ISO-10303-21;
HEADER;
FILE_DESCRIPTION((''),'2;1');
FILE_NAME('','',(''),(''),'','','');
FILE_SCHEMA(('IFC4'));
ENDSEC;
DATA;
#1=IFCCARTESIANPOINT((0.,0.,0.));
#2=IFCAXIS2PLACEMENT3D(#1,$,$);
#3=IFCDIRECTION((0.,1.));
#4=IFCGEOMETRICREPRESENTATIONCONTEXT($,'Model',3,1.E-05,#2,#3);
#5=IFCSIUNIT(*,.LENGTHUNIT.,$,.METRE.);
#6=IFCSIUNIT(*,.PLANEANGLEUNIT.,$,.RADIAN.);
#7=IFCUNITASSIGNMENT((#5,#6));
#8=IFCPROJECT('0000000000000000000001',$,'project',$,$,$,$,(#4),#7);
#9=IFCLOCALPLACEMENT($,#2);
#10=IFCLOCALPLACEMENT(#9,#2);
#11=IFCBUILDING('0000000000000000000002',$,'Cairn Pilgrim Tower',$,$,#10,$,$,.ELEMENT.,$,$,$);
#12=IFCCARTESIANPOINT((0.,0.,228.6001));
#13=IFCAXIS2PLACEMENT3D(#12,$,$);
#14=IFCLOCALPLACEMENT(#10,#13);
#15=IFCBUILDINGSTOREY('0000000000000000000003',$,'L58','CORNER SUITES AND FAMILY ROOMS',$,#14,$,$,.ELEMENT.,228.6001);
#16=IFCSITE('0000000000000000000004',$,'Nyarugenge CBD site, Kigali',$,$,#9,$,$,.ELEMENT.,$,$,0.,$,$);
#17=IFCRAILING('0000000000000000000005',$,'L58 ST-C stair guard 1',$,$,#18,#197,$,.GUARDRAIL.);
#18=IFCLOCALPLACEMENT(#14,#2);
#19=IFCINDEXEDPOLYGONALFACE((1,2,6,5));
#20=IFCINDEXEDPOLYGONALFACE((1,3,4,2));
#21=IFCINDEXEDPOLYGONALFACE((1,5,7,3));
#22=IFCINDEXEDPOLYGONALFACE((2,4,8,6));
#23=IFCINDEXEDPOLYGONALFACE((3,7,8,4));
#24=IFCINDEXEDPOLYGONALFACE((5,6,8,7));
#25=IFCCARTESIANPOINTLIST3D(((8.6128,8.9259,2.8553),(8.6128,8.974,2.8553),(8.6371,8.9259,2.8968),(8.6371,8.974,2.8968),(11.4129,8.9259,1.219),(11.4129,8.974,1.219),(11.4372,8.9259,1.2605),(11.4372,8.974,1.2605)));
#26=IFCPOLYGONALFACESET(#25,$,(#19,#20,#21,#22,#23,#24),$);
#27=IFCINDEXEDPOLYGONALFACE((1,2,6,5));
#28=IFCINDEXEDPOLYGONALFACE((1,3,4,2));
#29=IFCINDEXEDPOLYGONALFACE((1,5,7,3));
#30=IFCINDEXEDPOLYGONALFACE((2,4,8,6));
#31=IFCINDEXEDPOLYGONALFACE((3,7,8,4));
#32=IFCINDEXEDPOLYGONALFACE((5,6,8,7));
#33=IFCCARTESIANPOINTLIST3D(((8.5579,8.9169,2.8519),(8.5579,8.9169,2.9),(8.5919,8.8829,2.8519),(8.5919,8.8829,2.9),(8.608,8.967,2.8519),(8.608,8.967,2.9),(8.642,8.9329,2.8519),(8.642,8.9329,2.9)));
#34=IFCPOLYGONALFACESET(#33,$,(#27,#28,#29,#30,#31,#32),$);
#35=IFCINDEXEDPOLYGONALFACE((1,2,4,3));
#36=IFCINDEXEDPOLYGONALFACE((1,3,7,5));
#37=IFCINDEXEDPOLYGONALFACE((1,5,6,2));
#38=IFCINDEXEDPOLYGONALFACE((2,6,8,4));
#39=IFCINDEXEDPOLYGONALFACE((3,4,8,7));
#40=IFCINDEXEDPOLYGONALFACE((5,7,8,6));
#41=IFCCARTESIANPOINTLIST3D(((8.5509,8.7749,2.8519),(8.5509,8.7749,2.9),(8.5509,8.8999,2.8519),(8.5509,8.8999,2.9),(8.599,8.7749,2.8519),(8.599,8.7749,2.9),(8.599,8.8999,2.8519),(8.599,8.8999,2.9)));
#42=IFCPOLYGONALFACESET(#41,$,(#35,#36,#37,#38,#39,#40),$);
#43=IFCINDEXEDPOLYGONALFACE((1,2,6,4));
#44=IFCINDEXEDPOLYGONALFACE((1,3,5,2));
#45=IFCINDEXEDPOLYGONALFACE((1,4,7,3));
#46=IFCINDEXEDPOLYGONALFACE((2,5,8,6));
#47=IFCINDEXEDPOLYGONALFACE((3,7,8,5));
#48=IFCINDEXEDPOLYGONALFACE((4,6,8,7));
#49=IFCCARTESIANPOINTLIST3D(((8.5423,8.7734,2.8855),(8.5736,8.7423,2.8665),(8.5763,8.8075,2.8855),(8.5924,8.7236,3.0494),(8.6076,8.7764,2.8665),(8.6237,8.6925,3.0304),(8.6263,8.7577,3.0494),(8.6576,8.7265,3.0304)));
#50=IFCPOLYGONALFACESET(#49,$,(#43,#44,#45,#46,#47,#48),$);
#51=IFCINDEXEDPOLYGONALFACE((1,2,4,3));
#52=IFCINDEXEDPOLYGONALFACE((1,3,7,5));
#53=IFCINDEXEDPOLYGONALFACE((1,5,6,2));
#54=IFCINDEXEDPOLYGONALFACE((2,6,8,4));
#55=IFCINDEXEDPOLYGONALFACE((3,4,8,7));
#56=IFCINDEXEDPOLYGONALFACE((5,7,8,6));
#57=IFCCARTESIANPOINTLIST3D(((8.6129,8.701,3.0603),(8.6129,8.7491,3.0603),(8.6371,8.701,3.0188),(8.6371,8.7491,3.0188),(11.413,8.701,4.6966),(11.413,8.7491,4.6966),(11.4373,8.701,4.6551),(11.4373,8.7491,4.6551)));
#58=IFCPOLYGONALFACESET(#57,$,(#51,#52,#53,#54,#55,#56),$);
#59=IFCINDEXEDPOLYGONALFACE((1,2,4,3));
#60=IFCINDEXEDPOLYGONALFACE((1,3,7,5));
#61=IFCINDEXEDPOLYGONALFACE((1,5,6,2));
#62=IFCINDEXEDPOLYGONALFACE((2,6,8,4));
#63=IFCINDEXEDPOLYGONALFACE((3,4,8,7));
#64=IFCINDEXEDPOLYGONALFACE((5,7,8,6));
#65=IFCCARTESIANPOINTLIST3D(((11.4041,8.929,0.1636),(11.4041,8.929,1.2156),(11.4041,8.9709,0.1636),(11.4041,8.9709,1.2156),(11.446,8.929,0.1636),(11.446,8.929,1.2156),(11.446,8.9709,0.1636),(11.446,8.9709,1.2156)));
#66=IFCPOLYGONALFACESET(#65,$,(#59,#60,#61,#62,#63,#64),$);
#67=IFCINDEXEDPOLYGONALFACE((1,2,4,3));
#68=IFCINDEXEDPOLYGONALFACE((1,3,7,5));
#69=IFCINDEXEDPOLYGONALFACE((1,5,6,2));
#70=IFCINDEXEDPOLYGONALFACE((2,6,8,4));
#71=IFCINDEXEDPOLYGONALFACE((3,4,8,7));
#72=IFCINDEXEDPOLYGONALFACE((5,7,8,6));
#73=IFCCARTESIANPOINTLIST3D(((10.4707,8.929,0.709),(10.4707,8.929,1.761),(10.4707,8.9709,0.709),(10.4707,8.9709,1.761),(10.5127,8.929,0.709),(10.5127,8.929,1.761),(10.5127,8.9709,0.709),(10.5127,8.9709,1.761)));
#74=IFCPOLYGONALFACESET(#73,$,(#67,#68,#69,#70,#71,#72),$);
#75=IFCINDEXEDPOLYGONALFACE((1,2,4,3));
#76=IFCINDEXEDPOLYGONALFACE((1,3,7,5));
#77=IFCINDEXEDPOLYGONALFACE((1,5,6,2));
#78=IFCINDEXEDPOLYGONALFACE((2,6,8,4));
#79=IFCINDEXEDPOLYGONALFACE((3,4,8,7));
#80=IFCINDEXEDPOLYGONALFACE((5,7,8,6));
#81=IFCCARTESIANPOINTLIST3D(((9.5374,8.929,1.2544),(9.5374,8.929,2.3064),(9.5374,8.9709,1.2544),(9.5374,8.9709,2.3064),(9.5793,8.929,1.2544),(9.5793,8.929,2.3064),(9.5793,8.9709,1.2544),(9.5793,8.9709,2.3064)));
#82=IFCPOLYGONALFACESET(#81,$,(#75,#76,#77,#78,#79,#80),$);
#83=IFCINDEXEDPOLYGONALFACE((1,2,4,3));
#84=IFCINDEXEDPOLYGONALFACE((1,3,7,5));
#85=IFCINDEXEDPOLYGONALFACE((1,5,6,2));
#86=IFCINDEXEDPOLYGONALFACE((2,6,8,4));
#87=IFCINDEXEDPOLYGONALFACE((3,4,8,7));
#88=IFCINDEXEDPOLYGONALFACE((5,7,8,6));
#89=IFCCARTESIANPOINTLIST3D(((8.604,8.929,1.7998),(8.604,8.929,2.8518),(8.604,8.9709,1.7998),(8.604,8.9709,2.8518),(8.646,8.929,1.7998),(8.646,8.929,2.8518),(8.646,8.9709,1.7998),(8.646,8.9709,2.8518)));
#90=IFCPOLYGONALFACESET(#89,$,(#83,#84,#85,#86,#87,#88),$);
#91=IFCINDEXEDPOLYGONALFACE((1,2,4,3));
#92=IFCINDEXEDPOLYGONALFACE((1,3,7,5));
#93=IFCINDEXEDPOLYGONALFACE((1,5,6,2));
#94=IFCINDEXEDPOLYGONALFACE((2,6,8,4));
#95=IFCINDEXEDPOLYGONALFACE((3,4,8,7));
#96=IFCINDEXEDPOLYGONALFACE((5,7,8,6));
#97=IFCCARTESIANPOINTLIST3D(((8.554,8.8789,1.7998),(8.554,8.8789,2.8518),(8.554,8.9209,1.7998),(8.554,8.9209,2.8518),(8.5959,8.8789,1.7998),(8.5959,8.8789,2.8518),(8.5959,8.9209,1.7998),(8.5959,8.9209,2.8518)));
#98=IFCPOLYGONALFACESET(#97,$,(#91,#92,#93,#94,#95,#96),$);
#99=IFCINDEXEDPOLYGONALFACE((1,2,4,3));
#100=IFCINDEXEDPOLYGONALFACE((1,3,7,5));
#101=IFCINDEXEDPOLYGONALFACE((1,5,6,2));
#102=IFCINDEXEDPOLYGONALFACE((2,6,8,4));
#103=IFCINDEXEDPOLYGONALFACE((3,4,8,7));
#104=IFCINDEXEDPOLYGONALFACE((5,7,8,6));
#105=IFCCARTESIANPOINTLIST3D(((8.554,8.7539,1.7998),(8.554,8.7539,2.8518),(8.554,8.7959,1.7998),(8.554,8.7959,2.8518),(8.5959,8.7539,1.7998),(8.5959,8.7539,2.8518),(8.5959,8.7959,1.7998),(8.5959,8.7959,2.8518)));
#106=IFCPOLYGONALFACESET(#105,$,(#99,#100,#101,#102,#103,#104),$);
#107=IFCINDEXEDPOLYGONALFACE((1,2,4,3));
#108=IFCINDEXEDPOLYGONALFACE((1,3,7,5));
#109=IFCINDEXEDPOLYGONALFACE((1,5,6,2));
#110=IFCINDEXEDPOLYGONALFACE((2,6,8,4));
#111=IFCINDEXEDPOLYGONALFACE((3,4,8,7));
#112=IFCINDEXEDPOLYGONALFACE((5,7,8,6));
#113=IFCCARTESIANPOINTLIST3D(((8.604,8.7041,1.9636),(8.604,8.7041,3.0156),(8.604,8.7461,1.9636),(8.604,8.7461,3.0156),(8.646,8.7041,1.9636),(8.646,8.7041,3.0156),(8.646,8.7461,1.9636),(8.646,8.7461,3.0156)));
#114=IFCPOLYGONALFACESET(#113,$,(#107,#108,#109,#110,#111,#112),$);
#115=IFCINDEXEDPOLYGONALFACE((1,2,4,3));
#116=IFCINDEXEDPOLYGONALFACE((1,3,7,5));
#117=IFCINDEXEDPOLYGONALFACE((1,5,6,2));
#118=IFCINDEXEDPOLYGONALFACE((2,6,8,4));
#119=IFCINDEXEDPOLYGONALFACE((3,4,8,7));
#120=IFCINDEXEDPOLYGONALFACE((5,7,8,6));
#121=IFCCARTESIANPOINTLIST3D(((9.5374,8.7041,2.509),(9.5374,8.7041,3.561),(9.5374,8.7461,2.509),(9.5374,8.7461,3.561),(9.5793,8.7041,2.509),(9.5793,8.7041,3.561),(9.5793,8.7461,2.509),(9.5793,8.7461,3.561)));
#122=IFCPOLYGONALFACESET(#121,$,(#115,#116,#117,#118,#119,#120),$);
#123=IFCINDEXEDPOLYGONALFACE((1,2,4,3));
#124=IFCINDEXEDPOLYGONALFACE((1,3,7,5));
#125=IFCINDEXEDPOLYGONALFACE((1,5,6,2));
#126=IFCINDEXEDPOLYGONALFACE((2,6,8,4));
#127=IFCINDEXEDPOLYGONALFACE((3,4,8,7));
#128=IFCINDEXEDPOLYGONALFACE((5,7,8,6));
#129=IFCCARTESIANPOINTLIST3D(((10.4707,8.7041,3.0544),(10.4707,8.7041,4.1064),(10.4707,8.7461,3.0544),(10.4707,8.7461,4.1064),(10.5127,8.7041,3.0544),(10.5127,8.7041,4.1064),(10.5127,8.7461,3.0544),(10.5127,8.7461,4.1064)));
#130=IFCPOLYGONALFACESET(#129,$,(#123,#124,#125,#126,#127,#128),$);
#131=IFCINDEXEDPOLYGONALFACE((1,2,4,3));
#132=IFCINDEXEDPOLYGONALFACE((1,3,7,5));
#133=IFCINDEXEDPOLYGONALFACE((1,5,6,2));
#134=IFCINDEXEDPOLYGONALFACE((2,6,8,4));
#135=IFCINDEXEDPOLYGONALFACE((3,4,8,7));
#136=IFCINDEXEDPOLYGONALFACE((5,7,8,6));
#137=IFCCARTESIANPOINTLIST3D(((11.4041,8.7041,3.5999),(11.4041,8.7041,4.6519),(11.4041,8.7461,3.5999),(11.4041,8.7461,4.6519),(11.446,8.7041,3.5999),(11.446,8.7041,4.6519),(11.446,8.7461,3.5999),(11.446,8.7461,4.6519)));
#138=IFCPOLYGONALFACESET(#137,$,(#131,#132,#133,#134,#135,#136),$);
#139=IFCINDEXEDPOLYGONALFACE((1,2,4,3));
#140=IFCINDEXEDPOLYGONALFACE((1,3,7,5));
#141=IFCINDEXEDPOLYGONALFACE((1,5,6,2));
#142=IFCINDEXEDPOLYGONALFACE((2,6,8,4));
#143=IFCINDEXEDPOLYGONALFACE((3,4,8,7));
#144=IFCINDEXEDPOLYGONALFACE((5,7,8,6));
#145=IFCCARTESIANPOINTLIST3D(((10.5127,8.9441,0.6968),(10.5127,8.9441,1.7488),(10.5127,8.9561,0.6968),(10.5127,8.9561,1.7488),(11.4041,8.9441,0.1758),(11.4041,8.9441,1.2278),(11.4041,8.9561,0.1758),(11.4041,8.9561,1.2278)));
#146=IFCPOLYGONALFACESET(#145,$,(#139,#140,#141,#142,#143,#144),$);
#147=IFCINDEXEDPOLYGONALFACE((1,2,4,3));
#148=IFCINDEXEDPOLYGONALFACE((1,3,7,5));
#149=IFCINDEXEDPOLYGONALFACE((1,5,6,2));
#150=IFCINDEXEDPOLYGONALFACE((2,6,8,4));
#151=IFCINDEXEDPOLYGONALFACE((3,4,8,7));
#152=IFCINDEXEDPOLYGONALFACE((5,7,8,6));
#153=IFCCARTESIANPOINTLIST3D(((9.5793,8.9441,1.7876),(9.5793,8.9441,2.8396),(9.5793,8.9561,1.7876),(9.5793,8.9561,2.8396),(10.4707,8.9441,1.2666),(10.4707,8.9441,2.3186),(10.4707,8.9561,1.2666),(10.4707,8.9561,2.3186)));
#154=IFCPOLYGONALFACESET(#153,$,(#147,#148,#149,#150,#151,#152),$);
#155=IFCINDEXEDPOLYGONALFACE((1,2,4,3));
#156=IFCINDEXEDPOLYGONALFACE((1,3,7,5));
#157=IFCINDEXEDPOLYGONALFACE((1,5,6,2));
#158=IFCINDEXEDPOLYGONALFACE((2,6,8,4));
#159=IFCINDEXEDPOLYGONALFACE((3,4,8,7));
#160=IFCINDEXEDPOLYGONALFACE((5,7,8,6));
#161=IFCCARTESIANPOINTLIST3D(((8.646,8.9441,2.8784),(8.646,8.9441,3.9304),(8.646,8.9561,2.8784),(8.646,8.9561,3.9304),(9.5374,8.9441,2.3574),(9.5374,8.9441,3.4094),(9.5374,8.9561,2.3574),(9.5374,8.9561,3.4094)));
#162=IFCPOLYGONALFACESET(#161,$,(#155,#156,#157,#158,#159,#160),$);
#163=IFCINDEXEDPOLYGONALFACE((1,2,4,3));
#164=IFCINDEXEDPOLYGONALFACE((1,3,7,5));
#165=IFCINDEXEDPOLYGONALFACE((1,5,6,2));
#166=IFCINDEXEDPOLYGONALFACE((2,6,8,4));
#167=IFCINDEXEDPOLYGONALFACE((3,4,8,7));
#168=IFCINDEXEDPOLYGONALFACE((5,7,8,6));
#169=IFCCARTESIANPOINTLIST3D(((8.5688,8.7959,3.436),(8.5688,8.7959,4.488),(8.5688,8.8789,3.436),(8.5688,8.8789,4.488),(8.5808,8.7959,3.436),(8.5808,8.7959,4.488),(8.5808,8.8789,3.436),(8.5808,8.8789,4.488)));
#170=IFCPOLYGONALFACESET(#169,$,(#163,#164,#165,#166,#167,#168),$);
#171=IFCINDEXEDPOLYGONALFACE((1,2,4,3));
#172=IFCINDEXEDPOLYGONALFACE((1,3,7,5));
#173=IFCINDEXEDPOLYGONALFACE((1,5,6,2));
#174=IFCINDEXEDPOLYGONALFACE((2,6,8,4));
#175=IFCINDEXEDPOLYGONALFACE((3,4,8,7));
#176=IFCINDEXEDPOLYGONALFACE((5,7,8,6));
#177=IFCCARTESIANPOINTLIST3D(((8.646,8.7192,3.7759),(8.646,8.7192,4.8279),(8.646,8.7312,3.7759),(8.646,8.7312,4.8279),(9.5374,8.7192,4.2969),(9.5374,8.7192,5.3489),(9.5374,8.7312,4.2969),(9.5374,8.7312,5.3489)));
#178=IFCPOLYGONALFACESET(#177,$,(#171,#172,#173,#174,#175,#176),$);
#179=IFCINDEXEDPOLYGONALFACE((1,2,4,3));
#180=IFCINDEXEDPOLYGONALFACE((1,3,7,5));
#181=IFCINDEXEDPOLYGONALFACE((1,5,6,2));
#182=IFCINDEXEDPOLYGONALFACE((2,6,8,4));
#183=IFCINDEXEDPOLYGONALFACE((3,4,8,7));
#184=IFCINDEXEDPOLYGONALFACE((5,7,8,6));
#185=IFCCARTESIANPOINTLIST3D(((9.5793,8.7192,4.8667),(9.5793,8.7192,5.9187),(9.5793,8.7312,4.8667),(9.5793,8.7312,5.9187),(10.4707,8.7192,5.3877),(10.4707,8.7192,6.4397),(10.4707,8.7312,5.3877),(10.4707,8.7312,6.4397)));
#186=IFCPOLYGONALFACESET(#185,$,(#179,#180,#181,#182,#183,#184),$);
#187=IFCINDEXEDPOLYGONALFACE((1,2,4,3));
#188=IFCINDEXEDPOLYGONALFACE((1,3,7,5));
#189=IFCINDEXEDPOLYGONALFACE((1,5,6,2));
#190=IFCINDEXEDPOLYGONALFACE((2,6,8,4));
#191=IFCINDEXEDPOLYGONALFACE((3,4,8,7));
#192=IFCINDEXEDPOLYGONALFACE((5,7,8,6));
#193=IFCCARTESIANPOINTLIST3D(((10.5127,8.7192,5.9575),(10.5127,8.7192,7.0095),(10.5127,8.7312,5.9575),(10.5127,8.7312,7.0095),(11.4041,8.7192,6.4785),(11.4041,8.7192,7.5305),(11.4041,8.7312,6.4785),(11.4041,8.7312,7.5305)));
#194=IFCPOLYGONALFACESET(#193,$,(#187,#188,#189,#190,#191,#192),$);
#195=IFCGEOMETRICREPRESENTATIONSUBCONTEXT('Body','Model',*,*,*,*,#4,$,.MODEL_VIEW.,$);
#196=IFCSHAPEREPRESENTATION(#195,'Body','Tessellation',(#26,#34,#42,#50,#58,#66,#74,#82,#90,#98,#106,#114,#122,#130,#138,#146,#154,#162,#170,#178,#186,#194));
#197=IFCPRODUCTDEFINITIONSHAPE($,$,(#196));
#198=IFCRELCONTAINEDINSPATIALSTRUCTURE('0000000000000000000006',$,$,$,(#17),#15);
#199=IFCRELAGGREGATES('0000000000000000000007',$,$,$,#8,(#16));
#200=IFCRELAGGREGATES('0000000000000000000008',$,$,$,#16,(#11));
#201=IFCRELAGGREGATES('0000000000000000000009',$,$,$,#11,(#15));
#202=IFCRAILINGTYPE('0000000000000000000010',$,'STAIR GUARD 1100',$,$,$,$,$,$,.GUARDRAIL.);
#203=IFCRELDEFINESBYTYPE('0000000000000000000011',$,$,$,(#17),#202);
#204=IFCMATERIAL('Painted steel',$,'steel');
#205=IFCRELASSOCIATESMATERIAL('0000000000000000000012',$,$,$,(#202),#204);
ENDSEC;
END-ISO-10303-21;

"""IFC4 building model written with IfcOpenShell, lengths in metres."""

from ifc_helpers import new_model, si_unit, direction, frame, origin, origin_2d, place, context, subcontext, project, spatial, polyline, rectangle, outline, extrude, material, type_object, element, save


model = new_model("IFC4")

# Units and contexts
model_context = context("Model", 3, precision=1e-05, world=origin(), true_north=direction((0.0, 1.0)))
body_context = subcontext(model_context, "Body", "Model", "MODEL_VIEW")
ifc_project = project(units=[si_unit("LENGTHUNIT", "METRE"), si_unit("PLANEANGLEUNIT", "RADIAN")], contexts=[model_context])

# Site, building, storey
site_placement = place(None, origin())
site = spatial("IfcSite", under=ifc_project, at=site_placement, Name="Nyarugenge CBD site, Kigali", CompositionType="ELEMENT", RefElevation=0.0)
building_placement = place(site_placement, origin())
building = spatial("IfcBuilding", under=site, at=building_placement, Name="Cairn Pilgrim Tower", CompositionType="ELEMENT")
storey_placement = place(building_placement, frame((0.0, 0.0, 228.6001)))
storey = spatial("IfcBuildingStorey", under=building, at=storey_placement, Name="L58", Description="CORNER SUITES AND FAMILY ROOMS", CompositionType="ELEMENT", Elevation=228.6001)

# Railing
ifc_material_1 = material(Name="Painted steel", Category="steel")
railing_type_1 = type_object("IfcRailingType", Name="STAIR GUARD 1100", PredefinedType="GUARDRAIL", material=ifc_material_1)
railing_1_placement = place(storey_placement, frame((11.425, 8.95, 0.1636)))
element("IfcRailing", 1, at=railing_1_placement, inside=storey, type_object=railing_type_1, Name="L58 ST-C stair guard 1", PredefinedType="GUARDRAIL", context=body_context, shape_type="SweptSolid", body=[
    extrude(rectangle(XDim=0.0481, YDim=0.0481, at=origin_2d()), frame((0.0, 0.0, 1.0762), z_axis=(-0.863394, 0.0, 0.504531), x_axis=(0.0, -1.0, 0.0)), (0.0, 0.0, 1.0), 3.2432),
    extrude(rectangle(XDim=0.0481, YDim=0.0481, at=origin_2d()), frame((-2.8, 0.0, 2.7124), z_axis=(-0.707107, -0.707107, 0.0), x_axis=(0.707107, -0.707107, 0.0)), (0.0, 0.0, 1.0), 0.0708),
    extrude(rectangle(XDim=0.0481, YDim=0.0481, at=origin_2d()), frame((-2.8501, -0.05, 2.7124), z_axis=(0.0, -1.0, 0.0), x_axis=(1.0, 0.0, 0.0)), (0.0, 0.0, 1.0), 0.125),
    extrude(rectangle(XDim=0.0481, YDim=0.0481, at=origin_2d()), frame((-2.8501, -0.175, 2.7124), z_axis=(0.280564, -0.279195, 0.918332), x_axis=(0.705376, 0.708834, 0.0)), (0.0, 0.0, 1.0), 0.1785),
    extrude(rectangle(XDim=0.0481, YDim=0.0481, at=origin_2d()), frame((-2.8, -0.2249, 2.876), z_axis=(0.863394, 0.0, 0.504531), x_axis=(0.0, 1.0, 0.0)), (0.0, 0.0, 1.0), 3.2432),
    extrude(rectangle(XDim=0.042, YDim=0.042, at=origin_2d()), origin(), (0.0, 0.0, 1.0), 1.052),
    extrude(rectangle(XDim=0.042, YDim=0.042, at=origin_2d()), frame((-0.9333, 0.0, 0.5454)), (0.0, 0.0, 1.0), 1.052),
    extrude(rectangle(XDim=0.042, YDim=0.042, at=origin_2d()), frame((-1.8667, 0.0, 1.0908)), (0.0, 0.0, 1.0), 1.052),
    extrude(rectangle(XDim=0.042, YDim=0.042, at=origin_2d()), frame((-2.8, 0.0, 1.6362)), (0.0, 0.0, 1.0), 1.052),
    extrude(rectangle(XDim=0.042, YDim=0.042, at=origin_2d()), frame((-2.8501, -0.05, 1.6362)), (0.0, 0.0, 1.0), 1.052),
    extrude(rectangle(XDim=0.042, YDim=0.042, at=origin_2d()), frame((-2.8501, -0.175, 1.6362)), (0.0, 0.0, 1.0), 1.052),
    extrude(rectangle(XDim=0.042, YDim=0.042, at=origin_2d()), frame((-2.8, -0.2249, 1.8)), (0.0, 0.0, 1.0), 1.052),
    extrude(rectangle(XDim=0.042, YDim=0.042, at=origin_2d()), frame((-1.8667, -0.2249, 2.3455)), (0.0, 0.0, 1.0), 1.052),
    extrude(rectangle(XDim=0.042, YDim=0.042, at=origin_2d()), frame((-0.9333, -0.2249, 2.8909)), (0.0, 0.0, 1.0), 1.052),
    extrude(rectangle(XDim=0.042, YDim=0.042, at=origin_2d()), frame((0.0, -0.2249, 3.4363)), (0.0, 0.0, 1.0), 1.052),
    extrude(outline(polyline([(0.021, 0.0122), (0.9124, 0.5332), (0.9124, 1.5852), (0.021, 1.0642), (0.021, 0.0122)])), frame((0.0, -0.0059, 0.0), z_axis=(0.0, 1.0, 0.0), x_axis=(-1.0, 0.0, 0.0)), (0.0, 0.0, 1.0), 0.012),
    extrude(outline(polyline([(0.021, 0.5576), (0.9124, 1.0786), (0.9124, 2.1306), (0.021, 1.6096), (0.021, 0.5576)])), frame((-0.9333, -0.0059, 0.5454), z_axis=(0.0, 1.0, 0.0), x_axis=(-1.0, 0.0, 0.0)), (0.0, 0.0, 1.0), 0.012),
    extrude(outline(polyline([(0.021, 1.103), (0.9124, 1.624), (0.9124, 2.676), (0.021, 2.155), (0.021, 1.103)])), frame((-1.8667, -0.0059, 1.0908), z_axis=(0.0, 1.0, 0.0), x_axis=(-1.0, 0.0, 0.0)), (0.0, 0.0, 1.0), 0.012),
    extrude(outline(polyline([(0.021, 1.6362), (0.104, 1.6362), (0.104, 2.6882), (0.021, 2.6882), (0.021, 1.6362)])), frame((-2.8442, -0.05, 1.6362), z_axis=(-1.0, 0.0, 0.0), x_axis=(0.0, -1.0, 0.0)), (0.0, 0.0, 1.0), 0.012),
    extrude(outline(polyline([(0.021, 1.8123), (0.9124, 2.3333), (0.9124, 3.3853), (0.021, 2.8643), (0.021, 1.8123)])), frame((-2.8, -0.2188, 1.8), z_axis=(0.0, -1.0, 0.0), x_axis=(1.0, 0.0, 0.0)), (0.0, 0.0, 1.0), 0.012),
    extrude(outline(polyline([(0.021, 2.3577), (0.9124, 2.8787), (0.9124, 3.9307), (0.021, 3.4097), (0.021, 2.3577)])), frame((-1.8667, -0.2188, 2.3455), z_axis=(0.0, -1.0, 0.0), x_axis=(1.0, 0.0, 0.0)), (0.0, 0.0, 1.0), 0.012),
    extrude(outline(polyline([(0.021, 2.9031), (0.9124, 3.4241), (0.9124, 4.4761), (0.021, 3.9551), (0.021, 2.9031)])), frame((-0.9333, -0.2188, 2.8909), z_axis=(0.0, -1.0, 0.0), x_axis=(1.0, 0.0, 0.0)), (0.0, 0.0, 1.0), 0.012),
])

save(model, "model.ifc")
